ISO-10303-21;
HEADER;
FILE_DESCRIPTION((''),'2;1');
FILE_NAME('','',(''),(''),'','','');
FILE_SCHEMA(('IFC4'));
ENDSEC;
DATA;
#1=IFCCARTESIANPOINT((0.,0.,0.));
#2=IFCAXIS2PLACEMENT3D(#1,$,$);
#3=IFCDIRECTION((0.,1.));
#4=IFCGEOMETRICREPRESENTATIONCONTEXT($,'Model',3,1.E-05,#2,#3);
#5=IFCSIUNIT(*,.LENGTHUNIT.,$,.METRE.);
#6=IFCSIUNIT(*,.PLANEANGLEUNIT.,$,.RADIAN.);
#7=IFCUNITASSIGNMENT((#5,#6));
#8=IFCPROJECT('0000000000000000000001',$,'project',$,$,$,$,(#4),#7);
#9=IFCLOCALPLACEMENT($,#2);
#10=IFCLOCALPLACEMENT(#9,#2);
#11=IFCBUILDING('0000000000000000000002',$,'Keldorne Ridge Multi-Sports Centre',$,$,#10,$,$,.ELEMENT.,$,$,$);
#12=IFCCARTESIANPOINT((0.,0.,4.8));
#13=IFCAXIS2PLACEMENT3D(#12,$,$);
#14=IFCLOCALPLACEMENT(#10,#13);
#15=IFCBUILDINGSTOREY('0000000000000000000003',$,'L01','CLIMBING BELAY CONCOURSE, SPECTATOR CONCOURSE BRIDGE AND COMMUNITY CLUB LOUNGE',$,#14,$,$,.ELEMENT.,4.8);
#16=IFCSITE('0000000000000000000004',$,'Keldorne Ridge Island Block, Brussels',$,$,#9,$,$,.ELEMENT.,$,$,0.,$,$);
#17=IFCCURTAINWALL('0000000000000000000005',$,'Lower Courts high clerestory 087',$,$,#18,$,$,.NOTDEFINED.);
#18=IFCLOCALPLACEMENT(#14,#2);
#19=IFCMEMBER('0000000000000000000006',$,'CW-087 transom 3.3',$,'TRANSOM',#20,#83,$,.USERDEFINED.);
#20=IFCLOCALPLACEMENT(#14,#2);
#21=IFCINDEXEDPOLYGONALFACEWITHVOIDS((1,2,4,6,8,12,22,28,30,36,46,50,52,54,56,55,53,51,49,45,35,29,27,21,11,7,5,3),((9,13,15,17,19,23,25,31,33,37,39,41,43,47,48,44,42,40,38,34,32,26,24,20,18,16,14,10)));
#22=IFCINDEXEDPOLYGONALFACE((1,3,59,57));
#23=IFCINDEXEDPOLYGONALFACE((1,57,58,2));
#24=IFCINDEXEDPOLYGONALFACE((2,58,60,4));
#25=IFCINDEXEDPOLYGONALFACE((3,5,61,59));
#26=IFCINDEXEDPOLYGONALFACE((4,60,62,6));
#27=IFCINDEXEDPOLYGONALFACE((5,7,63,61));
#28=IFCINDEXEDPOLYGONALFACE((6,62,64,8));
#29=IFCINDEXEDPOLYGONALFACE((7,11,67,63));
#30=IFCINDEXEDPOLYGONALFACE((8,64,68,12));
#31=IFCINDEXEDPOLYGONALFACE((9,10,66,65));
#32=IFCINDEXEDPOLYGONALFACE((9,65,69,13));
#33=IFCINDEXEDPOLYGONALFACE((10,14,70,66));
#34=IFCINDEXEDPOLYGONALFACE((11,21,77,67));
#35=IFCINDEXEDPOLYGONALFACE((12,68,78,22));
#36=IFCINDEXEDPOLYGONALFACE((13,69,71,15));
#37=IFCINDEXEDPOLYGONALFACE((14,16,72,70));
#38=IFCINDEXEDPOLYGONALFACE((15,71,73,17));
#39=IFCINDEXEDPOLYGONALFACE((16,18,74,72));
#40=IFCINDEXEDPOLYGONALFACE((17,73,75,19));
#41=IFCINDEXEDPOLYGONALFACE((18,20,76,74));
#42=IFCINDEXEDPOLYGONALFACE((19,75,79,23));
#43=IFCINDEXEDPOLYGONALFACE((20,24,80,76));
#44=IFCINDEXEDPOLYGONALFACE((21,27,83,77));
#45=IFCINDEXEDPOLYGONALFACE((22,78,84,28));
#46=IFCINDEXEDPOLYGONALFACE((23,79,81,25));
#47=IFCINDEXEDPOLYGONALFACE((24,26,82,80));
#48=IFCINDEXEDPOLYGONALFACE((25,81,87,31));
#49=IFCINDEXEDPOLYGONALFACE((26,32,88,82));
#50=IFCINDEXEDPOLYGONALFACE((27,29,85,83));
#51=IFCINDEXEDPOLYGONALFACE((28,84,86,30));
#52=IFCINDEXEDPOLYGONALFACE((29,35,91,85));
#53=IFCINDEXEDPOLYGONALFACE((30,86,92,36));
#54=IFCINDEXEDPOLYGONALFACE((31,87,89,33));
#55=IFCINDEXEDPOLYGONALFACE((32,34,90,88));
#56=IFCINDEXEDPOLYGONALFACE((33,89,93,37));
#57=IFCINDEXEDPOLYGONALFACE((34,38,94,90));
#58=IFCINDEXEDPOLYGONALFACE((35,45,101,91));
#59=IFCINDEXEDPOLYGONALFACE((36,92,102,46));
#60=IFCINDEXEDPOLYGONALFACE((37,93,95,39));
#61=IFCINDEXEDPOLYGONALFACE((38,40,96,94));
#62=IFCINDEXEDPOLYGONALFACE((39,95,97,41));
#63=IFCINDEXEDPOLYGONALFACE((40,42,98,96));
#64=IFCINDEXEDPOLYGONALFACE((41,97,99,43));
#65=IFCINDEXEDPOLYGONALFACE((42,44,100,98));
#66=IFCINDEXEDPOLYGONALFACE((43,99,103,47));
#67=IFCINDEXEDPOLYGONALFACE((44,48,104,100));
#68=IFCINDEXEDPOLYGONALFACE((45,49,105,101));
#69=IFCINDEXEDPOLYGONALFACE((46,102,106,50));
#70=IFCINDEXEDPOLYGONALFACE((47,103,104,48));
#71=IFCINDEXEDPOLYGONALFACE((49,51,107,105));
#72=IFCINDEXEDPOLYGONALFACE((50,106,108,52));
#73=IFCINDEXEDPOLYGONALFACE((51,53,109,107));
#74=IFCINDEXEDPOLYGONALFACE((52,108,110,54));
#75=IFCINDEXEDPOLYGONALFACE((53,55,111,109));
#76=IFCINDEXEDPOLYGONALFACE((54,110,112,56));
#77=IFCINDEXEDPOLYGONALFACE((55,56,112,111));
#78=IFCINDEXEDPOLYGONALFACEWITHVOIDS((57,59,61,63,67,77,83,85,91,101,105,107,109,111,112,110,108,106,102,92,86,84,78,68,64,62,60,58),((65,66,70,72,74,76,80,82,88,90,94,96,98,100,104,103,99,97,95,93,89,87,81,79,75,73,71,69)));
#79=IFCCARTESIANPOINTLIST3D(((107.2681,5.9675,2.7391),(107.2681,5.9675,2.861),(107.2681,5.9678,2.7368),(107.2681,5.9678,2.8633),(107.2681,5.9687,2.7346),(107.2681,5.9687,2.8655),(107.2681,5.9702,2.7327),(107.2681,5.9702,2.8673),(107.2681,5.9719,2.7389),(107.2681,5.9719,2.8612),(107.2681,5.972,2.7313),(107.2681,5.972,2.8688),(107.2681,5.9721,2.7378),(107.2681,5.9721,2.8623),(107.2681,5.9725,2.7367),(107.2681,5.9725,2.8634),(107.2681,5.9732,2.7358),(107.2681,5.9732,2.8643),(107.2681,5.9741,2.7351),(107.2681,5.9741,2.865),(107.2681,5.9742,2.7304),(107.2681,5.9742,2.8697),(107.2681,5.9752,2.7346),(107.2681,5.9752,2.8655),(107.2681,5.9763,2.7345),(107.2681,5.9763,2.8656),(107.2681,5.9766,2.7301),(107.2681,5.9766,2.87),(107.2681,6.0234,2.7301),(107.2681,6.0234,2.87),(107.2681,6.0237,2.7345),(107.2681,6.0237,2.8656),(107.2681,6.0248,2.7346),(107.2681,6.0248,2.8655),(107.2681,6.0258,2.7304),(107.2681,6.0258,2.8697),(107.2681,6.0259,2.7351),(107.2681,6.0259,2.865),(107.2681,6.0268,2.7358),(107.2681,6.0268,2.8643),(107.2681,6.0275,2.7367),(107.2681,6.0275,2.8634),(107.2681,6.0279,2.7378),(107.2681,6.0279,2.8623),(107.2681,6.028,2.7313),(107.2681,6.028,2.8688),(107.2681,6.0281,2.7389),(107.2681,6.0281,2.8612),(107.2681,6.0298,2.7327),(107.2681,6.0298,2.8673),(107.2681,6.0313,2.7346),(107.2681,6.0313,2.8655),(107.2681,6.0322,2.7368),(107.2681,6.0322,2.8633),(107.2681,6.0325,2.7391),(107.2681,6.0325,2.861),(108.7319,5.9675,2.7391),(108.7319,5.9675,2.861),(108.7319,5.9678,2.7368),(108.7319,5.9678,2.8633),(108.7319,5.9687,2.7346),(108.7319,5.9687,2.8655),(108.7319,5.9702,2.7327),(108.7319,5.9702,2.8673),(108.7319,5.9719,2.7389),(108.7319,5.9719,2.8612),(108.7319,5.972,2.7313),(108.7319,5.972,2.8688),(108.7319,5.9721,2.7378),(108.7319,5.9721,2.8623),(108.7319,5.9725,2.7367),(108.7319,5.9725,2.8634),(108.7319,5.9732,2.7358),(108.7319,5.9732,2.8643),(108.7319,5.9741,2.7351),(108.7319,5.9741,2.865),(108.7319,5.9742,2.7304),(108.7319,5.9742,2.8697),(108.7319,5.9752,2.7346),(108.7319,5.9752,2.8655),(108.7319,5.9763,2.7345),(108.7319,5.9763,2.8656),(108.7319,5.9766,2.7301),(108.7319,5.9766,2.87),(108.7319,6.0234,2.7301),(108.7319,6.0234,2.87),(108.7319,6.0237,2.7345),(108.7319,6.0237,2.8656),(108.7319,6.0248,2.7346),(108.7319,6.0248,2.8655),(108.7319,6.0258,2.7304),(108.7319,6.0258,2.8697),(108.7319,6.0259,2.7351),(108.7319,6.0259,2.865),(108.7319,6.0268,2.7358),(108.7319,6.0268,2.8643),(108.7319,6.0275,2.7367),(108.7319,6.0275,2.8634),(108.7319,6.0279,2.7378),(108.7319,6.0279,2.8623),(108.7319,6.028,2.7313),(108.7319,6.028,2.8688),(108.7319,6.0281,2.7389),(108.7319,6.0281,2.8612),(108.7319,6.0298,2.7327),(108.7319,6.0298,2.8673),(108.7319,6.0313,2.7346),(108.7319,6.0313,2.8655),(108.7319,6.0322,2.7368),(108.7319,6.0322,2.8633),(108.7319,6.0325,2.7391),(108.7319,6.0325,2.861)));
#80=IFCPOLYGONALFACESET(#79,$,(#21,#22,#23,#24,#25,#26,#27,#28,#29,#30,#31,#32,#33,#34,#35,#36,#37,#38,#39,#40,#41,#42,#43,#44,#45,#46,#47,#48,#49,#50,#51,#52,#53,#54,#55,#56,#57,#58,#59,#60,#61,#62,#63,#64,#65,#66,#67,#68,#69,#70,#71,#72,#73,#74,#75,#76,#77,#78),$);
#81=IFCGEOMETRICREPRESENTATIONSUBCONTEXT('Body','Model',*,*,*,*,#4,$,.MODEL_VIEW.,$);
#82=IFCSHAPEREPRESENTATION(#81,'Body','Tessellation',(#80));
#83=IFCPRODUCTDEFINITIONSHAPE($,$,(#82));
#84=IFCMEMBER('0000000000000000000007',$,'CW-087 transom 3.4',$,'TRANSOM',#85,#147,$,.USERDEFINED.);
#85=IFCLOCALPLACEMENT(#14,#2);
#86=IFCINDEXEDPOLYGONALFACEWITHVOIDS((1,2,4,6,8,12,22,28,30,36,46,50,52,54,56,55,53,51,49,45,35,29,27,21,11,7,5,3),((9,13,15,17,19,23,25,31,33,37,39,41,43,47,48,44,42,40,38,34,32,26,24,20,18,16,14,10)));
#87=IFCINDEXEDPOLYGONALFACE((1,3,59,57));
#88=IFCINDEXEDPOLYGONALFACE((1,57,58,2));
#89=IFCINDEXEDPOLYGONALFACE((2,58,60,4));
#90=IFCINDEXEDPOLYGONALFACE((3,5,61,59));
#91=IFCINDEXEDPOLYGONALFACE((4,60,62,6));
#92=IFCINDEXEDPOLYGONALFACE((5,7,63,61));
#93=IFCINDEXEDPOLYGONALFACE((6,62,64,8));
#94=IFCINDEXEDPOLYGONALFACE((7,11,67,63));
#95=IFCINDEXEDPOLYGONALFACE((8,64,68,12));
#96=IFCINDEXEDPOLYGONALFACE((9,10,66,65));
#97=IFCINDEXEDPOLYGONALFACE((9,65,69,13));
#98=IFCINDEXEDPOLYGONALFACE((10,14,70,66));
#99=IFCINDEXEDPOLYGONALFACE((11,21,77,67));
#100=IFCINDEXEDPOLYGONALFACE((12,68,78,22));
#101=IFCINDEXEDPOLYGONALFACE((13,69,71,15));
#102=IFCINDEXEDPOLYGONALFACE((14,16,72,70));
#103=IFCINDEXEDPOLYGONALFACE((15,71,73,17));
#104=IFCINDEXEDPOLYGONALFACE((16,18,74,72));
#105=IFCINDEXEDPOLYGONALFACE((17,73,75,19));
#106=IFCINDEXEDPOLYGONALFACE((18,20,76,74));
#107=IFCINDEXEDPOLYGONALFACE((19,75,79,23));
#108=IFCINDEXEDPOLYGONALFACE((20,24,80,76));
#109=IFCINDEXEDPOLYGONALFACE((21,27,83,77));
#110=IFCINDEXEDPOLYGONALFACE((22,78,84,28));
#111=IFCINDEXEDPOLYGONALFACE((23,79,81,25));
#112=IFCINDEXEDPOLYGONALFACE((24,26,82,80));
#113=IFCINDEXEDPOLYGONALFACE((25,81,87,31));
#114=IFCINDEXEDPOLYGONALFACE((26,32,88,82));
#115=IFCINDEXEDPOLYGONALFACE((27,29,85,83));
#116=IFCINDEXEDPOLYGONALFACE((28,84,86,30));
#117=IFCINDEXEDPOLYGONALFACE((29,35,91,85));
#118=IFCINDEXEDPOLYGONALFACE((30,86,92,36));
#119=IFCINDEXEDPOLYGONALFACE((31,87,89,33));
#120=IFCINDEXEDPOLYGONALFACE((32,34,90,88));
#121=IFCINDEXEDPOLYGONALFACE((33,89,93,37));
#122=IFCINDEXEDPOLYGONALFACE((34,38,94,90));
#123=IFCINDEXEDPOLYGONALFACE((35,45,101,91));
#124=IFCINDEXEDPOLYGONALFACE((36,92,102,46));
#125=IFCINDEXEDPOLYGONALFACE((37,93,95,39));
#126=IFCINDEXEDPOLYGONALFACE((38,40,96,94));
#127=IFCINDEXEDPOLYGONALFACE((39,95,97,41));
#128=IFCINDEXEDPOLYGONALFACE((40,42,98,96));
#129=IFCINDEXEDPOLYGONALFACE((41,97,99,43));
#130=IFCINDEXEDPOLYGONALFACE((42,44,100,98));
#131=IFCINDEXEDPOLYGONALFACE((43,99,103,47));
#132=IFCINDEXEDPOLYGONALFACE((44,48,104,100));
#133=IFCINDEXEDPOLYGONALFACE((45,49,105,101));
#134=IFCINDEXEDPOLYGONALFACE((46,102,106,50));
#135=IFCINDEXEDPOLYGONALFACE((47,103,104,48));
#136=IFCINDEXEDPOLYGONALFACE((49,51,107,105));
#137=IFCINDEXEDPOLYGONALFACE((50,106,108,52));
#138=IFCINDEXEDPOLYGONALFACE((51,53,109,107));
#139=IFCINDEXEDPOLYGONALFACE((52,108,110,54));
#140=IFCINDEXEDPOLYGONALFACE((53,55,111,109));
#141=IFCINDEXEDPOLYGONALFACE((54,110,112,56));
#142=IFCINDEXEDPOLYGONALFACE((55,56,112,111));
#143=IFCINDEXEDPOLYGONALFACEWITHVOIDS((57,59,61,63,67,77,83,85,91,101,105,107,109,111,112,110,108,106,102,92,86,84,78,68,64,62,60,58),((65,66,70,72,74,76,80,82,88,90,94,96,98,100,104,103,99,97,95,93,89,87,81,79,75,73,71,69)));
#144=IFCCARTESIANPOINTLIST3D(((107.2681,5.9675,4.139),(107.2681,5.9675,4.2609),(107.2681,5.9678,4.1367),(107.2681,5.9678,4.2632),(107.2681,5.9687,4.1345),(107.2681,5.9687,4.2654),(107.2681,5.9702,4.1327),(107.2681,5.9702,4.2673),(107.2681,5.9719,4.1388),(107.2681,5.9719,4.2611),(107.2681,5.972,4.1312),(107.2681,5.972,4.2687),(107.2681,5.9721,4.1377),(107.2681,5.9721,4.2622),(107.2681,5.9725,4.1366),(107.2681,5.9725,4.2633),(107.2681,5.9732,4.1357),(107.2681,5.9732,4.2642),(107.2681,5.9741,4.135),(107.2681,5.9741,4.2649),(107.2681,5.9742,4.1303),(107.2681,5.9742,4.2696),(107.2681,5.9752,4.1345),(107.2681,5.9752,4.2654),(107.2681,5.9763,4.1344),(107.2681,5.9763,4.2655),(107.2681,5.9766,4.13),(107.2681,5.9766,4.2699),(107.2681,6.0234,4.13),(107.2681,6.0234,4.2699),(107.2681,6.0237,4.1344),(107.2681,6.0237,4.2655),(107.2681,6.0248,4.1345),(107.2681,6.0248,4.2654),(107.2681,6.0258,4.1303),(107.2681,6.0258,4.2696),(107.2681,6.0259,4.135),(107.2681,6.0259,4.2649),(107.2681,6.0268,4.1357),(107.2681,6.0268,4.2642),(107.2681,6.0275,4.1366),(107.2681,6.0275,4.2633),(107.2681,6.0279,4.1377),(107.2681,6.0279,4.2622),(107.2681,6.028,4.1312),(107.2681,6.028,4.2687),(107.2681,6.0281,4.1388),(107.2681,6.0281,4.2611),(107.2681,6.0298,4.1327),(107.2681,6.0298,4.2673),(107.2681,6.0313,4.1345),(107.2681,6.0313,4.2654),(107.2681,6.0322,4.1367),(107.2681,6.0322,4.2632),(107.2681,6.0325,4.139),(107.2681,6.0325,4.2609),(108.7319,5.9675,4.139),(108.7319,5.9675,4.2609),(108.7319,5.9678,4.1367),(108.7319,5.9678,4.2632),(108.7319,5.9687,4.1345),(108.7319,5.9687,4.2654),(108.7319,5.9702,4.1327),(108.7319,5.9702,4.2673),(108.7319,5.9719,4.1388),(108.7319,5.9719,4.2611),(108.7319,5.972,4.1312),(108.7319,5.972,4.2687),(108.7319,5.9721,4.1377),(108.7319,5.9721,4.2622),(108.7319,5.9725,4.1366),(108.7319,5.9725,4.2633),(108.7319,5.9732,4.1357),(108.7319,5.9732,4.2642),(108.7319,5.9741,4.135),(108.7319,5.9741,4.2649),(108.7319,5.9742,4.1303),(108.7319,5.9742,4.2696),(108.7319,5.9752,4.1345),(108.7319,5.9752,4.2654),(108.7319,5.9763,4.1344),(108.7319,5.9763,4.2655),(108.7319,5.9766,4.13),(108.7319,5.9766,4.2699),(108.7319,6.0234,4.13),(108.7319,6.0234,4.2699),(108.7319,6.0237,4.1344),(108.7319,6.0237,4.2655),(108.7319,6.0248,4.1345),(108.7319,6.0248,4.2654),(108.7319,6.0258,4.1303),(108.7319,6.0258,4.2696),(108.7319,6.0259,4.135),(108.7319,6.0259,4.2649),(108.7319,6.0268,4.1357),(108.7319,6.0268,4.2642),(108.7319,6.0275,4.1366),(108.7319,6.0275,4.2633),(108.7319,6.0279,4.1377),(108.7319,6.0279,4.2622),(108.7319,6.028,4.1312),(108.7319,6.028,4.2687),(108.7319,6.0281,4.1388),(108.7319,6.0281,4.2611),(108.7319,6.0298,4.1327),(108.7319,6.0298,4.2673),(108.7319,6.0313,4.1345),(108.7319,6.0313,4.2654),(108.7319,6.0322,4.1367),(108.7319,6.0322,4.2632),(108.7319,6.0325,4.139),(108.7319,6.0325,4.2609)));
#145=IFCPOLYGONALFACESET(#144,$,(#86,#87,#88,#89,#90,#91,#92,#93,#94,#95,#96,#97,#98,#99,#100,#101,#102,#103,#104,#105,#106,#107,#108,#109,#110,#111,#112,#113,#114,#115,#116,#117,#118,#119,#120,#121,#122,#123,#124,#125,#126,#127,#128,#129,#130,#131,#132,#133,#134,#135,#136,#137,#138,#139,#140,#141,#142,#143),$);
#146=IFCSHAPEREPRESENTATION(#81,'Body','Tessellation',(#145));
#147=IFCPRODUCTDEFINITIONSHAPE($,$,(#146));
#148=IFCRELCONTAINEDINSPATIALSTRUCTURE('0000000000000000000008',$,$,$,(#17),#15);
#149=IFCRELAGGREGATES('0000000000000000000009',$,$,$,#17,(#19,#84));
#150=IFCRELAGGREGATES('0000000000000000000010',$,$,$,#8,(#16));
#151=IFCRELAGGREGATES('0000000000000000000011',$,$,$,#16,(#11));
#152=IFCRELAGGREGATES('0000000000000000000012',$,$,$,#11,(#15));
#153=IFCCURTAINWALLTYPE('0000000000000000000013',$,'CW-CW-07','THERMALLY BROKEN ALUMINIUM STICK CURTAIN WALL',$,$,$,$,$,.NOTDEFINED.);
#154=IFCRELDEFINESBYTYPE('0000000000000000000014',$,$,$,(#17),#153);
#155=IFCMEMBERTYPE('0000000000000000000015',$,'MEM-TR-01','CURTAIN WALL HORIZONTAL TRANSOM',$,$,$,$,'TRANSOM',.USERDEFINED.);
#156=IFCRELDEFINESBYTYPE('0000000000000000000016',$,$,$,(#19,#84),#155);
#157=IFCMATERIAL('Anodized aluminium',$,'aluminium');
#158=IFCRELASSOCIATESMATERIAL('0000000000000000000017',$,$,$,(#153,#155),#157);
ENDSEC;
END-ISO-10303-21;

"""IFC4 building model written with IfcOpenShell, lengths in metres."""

from ifc_helpers import new_model, si_unit, direction, frame, origin, origin_2d, place, context, subcontext, project, spatial, hollow_rectangle, extrude, material, material_profile, profile_set, type_object, element, aggregate, save


model = new_model("IFC4")

# Units and contexts
model_context = context("Model", 3, precision=1e-05, world=origin(), true_north=direction((0.0, 1.0)))
body_context = subcontext(model_context, "Body", "Model", "MODEL_VIEW")
ifc_project = project(units=[si_unit("LENGTHUNIT", "METRE"), si_unit("PLANEANGLEUNIT", "RADIAN")], contexts=[model_context])

# Site, building, storey
site_placement = place(None, origin())
site = spatial("IfcSite", under=ifc_project, at=site_placement, Name="Keldorne Ridge Island Block, Brussels", CompositionType="ELEMENT", RefElevation=0.0)
building_placement = place(site_placement, origin())
building = spatial("IfcBuilding", under=site, at=building_placement, Name="Keldorne Ridge Multi-Sports Centre", CompositionType="ELEMENT")
storey_placement = place(building_placement, frame((0.0, 0.0, 4.8)))
storey = spatial("IfcBuildingStorey", under=building, at=storey_placement, Name="L01", Description="CLIMBING BELAY CONCOURSE, SPECTATOR CONCOURSE BRIDGE AND COMMUNITY CLUB LOUNGE", CompositionType="ELEMENT", Elevation=4.8)

# Curtain wall, members
ifc_material_1 = material(Name="Anodized aluminium", Category="aluminium")
curtain_wall_type = type_object("IfcCurtainWallType", Name="CW-CW-07", Description="THERMALLY BROKEN ALUMINIUM STICK CURTAIN WALL", PredefinedType="NOTDEFINED", material=ifc_material_1)
curtain_wall_placement = place(storey_placement, origin())
curtain_wall = element("IfcCurtainWall", 1, at=curtain_wall_placement, inside=storey, type_object=curtain_wall_type, Name="Lower Courts high clerestory 087", PredefinedType="NOTDEFINED")
ifc_material_profile_1 = material_profile(ifc_material_1, hollow_rectangle(XDim=0.0649, YDim=0.1399, WallThickness=0.0044, InnerFilletRadius=0.0044, OuterFilletRadius=0.009, at=origin_2d()), Name="ALU TRANSOM 140x65x4.5")
ifc_profile_set_1 = profile_set([ifc_material_profile_1], Name="Anodized aluminium")
member_type_1 = type_object("IfcMemberType", Name="MEM-TR-01", Description="CURTAIN WALL HORIZONTAL TRANSOM", ElementType="TRANSOM", PredefinedType="USERDEFINED", material=ifc_profile_set_1)
member_1_placement = place(storey_placement, frame((107.2681, 6.0, 2.8), z_axis=(1.0, 0.0, 0.0), x_axis=(0.0, 1.0, 0.0)))
member_1 = element("IfcMember", 2, at=member_1_placement, type_object=member_type_1, Name="CW-087 transom 3.3", ObjectType="TRANSOM", PredefinedType="USERDEFINED", context=body_context, shape_type="SweptSolid", body=[
    extrude(hollow_rectangle(XDim=0.0649, YDim=0.1399, WallThickness=0.0044, InnerFilletRadius=0.0044, OuterFilletRadius=0.009, at=origin_2d()), origin(), (0.0, 0.0, 1.0), 1.4639),
])
member_2_placement = place(storey_placement, frame((107.2681, 6.0, 4.2), z_axis=(1.0, 0.0, 0.0), x_axis=(0.0, 1.0, 0.0)))
member_2 = element("IfcMember", 3, at=member_2_placement, type_object=member_type_1, Name="CW-087 transom 3.4", ObjectType="TRANSOM", PredefinedType="USERDEFINED", context=body_context, shape_type="SweptSolid", body=[
    extrude(hollow_rectangle(XDim=0.0649, YDim=0.1399, WallThickness=0.0044, InnerFilletRadius=0.0044, OuterFilletRadius=0.009, at=origin_2d()), origin(), (0.0, 0.0, 1.0), 1.4639),
])
aggregate(curtain_wall, [member_1, member_2])

save(model, "model.ifc")
